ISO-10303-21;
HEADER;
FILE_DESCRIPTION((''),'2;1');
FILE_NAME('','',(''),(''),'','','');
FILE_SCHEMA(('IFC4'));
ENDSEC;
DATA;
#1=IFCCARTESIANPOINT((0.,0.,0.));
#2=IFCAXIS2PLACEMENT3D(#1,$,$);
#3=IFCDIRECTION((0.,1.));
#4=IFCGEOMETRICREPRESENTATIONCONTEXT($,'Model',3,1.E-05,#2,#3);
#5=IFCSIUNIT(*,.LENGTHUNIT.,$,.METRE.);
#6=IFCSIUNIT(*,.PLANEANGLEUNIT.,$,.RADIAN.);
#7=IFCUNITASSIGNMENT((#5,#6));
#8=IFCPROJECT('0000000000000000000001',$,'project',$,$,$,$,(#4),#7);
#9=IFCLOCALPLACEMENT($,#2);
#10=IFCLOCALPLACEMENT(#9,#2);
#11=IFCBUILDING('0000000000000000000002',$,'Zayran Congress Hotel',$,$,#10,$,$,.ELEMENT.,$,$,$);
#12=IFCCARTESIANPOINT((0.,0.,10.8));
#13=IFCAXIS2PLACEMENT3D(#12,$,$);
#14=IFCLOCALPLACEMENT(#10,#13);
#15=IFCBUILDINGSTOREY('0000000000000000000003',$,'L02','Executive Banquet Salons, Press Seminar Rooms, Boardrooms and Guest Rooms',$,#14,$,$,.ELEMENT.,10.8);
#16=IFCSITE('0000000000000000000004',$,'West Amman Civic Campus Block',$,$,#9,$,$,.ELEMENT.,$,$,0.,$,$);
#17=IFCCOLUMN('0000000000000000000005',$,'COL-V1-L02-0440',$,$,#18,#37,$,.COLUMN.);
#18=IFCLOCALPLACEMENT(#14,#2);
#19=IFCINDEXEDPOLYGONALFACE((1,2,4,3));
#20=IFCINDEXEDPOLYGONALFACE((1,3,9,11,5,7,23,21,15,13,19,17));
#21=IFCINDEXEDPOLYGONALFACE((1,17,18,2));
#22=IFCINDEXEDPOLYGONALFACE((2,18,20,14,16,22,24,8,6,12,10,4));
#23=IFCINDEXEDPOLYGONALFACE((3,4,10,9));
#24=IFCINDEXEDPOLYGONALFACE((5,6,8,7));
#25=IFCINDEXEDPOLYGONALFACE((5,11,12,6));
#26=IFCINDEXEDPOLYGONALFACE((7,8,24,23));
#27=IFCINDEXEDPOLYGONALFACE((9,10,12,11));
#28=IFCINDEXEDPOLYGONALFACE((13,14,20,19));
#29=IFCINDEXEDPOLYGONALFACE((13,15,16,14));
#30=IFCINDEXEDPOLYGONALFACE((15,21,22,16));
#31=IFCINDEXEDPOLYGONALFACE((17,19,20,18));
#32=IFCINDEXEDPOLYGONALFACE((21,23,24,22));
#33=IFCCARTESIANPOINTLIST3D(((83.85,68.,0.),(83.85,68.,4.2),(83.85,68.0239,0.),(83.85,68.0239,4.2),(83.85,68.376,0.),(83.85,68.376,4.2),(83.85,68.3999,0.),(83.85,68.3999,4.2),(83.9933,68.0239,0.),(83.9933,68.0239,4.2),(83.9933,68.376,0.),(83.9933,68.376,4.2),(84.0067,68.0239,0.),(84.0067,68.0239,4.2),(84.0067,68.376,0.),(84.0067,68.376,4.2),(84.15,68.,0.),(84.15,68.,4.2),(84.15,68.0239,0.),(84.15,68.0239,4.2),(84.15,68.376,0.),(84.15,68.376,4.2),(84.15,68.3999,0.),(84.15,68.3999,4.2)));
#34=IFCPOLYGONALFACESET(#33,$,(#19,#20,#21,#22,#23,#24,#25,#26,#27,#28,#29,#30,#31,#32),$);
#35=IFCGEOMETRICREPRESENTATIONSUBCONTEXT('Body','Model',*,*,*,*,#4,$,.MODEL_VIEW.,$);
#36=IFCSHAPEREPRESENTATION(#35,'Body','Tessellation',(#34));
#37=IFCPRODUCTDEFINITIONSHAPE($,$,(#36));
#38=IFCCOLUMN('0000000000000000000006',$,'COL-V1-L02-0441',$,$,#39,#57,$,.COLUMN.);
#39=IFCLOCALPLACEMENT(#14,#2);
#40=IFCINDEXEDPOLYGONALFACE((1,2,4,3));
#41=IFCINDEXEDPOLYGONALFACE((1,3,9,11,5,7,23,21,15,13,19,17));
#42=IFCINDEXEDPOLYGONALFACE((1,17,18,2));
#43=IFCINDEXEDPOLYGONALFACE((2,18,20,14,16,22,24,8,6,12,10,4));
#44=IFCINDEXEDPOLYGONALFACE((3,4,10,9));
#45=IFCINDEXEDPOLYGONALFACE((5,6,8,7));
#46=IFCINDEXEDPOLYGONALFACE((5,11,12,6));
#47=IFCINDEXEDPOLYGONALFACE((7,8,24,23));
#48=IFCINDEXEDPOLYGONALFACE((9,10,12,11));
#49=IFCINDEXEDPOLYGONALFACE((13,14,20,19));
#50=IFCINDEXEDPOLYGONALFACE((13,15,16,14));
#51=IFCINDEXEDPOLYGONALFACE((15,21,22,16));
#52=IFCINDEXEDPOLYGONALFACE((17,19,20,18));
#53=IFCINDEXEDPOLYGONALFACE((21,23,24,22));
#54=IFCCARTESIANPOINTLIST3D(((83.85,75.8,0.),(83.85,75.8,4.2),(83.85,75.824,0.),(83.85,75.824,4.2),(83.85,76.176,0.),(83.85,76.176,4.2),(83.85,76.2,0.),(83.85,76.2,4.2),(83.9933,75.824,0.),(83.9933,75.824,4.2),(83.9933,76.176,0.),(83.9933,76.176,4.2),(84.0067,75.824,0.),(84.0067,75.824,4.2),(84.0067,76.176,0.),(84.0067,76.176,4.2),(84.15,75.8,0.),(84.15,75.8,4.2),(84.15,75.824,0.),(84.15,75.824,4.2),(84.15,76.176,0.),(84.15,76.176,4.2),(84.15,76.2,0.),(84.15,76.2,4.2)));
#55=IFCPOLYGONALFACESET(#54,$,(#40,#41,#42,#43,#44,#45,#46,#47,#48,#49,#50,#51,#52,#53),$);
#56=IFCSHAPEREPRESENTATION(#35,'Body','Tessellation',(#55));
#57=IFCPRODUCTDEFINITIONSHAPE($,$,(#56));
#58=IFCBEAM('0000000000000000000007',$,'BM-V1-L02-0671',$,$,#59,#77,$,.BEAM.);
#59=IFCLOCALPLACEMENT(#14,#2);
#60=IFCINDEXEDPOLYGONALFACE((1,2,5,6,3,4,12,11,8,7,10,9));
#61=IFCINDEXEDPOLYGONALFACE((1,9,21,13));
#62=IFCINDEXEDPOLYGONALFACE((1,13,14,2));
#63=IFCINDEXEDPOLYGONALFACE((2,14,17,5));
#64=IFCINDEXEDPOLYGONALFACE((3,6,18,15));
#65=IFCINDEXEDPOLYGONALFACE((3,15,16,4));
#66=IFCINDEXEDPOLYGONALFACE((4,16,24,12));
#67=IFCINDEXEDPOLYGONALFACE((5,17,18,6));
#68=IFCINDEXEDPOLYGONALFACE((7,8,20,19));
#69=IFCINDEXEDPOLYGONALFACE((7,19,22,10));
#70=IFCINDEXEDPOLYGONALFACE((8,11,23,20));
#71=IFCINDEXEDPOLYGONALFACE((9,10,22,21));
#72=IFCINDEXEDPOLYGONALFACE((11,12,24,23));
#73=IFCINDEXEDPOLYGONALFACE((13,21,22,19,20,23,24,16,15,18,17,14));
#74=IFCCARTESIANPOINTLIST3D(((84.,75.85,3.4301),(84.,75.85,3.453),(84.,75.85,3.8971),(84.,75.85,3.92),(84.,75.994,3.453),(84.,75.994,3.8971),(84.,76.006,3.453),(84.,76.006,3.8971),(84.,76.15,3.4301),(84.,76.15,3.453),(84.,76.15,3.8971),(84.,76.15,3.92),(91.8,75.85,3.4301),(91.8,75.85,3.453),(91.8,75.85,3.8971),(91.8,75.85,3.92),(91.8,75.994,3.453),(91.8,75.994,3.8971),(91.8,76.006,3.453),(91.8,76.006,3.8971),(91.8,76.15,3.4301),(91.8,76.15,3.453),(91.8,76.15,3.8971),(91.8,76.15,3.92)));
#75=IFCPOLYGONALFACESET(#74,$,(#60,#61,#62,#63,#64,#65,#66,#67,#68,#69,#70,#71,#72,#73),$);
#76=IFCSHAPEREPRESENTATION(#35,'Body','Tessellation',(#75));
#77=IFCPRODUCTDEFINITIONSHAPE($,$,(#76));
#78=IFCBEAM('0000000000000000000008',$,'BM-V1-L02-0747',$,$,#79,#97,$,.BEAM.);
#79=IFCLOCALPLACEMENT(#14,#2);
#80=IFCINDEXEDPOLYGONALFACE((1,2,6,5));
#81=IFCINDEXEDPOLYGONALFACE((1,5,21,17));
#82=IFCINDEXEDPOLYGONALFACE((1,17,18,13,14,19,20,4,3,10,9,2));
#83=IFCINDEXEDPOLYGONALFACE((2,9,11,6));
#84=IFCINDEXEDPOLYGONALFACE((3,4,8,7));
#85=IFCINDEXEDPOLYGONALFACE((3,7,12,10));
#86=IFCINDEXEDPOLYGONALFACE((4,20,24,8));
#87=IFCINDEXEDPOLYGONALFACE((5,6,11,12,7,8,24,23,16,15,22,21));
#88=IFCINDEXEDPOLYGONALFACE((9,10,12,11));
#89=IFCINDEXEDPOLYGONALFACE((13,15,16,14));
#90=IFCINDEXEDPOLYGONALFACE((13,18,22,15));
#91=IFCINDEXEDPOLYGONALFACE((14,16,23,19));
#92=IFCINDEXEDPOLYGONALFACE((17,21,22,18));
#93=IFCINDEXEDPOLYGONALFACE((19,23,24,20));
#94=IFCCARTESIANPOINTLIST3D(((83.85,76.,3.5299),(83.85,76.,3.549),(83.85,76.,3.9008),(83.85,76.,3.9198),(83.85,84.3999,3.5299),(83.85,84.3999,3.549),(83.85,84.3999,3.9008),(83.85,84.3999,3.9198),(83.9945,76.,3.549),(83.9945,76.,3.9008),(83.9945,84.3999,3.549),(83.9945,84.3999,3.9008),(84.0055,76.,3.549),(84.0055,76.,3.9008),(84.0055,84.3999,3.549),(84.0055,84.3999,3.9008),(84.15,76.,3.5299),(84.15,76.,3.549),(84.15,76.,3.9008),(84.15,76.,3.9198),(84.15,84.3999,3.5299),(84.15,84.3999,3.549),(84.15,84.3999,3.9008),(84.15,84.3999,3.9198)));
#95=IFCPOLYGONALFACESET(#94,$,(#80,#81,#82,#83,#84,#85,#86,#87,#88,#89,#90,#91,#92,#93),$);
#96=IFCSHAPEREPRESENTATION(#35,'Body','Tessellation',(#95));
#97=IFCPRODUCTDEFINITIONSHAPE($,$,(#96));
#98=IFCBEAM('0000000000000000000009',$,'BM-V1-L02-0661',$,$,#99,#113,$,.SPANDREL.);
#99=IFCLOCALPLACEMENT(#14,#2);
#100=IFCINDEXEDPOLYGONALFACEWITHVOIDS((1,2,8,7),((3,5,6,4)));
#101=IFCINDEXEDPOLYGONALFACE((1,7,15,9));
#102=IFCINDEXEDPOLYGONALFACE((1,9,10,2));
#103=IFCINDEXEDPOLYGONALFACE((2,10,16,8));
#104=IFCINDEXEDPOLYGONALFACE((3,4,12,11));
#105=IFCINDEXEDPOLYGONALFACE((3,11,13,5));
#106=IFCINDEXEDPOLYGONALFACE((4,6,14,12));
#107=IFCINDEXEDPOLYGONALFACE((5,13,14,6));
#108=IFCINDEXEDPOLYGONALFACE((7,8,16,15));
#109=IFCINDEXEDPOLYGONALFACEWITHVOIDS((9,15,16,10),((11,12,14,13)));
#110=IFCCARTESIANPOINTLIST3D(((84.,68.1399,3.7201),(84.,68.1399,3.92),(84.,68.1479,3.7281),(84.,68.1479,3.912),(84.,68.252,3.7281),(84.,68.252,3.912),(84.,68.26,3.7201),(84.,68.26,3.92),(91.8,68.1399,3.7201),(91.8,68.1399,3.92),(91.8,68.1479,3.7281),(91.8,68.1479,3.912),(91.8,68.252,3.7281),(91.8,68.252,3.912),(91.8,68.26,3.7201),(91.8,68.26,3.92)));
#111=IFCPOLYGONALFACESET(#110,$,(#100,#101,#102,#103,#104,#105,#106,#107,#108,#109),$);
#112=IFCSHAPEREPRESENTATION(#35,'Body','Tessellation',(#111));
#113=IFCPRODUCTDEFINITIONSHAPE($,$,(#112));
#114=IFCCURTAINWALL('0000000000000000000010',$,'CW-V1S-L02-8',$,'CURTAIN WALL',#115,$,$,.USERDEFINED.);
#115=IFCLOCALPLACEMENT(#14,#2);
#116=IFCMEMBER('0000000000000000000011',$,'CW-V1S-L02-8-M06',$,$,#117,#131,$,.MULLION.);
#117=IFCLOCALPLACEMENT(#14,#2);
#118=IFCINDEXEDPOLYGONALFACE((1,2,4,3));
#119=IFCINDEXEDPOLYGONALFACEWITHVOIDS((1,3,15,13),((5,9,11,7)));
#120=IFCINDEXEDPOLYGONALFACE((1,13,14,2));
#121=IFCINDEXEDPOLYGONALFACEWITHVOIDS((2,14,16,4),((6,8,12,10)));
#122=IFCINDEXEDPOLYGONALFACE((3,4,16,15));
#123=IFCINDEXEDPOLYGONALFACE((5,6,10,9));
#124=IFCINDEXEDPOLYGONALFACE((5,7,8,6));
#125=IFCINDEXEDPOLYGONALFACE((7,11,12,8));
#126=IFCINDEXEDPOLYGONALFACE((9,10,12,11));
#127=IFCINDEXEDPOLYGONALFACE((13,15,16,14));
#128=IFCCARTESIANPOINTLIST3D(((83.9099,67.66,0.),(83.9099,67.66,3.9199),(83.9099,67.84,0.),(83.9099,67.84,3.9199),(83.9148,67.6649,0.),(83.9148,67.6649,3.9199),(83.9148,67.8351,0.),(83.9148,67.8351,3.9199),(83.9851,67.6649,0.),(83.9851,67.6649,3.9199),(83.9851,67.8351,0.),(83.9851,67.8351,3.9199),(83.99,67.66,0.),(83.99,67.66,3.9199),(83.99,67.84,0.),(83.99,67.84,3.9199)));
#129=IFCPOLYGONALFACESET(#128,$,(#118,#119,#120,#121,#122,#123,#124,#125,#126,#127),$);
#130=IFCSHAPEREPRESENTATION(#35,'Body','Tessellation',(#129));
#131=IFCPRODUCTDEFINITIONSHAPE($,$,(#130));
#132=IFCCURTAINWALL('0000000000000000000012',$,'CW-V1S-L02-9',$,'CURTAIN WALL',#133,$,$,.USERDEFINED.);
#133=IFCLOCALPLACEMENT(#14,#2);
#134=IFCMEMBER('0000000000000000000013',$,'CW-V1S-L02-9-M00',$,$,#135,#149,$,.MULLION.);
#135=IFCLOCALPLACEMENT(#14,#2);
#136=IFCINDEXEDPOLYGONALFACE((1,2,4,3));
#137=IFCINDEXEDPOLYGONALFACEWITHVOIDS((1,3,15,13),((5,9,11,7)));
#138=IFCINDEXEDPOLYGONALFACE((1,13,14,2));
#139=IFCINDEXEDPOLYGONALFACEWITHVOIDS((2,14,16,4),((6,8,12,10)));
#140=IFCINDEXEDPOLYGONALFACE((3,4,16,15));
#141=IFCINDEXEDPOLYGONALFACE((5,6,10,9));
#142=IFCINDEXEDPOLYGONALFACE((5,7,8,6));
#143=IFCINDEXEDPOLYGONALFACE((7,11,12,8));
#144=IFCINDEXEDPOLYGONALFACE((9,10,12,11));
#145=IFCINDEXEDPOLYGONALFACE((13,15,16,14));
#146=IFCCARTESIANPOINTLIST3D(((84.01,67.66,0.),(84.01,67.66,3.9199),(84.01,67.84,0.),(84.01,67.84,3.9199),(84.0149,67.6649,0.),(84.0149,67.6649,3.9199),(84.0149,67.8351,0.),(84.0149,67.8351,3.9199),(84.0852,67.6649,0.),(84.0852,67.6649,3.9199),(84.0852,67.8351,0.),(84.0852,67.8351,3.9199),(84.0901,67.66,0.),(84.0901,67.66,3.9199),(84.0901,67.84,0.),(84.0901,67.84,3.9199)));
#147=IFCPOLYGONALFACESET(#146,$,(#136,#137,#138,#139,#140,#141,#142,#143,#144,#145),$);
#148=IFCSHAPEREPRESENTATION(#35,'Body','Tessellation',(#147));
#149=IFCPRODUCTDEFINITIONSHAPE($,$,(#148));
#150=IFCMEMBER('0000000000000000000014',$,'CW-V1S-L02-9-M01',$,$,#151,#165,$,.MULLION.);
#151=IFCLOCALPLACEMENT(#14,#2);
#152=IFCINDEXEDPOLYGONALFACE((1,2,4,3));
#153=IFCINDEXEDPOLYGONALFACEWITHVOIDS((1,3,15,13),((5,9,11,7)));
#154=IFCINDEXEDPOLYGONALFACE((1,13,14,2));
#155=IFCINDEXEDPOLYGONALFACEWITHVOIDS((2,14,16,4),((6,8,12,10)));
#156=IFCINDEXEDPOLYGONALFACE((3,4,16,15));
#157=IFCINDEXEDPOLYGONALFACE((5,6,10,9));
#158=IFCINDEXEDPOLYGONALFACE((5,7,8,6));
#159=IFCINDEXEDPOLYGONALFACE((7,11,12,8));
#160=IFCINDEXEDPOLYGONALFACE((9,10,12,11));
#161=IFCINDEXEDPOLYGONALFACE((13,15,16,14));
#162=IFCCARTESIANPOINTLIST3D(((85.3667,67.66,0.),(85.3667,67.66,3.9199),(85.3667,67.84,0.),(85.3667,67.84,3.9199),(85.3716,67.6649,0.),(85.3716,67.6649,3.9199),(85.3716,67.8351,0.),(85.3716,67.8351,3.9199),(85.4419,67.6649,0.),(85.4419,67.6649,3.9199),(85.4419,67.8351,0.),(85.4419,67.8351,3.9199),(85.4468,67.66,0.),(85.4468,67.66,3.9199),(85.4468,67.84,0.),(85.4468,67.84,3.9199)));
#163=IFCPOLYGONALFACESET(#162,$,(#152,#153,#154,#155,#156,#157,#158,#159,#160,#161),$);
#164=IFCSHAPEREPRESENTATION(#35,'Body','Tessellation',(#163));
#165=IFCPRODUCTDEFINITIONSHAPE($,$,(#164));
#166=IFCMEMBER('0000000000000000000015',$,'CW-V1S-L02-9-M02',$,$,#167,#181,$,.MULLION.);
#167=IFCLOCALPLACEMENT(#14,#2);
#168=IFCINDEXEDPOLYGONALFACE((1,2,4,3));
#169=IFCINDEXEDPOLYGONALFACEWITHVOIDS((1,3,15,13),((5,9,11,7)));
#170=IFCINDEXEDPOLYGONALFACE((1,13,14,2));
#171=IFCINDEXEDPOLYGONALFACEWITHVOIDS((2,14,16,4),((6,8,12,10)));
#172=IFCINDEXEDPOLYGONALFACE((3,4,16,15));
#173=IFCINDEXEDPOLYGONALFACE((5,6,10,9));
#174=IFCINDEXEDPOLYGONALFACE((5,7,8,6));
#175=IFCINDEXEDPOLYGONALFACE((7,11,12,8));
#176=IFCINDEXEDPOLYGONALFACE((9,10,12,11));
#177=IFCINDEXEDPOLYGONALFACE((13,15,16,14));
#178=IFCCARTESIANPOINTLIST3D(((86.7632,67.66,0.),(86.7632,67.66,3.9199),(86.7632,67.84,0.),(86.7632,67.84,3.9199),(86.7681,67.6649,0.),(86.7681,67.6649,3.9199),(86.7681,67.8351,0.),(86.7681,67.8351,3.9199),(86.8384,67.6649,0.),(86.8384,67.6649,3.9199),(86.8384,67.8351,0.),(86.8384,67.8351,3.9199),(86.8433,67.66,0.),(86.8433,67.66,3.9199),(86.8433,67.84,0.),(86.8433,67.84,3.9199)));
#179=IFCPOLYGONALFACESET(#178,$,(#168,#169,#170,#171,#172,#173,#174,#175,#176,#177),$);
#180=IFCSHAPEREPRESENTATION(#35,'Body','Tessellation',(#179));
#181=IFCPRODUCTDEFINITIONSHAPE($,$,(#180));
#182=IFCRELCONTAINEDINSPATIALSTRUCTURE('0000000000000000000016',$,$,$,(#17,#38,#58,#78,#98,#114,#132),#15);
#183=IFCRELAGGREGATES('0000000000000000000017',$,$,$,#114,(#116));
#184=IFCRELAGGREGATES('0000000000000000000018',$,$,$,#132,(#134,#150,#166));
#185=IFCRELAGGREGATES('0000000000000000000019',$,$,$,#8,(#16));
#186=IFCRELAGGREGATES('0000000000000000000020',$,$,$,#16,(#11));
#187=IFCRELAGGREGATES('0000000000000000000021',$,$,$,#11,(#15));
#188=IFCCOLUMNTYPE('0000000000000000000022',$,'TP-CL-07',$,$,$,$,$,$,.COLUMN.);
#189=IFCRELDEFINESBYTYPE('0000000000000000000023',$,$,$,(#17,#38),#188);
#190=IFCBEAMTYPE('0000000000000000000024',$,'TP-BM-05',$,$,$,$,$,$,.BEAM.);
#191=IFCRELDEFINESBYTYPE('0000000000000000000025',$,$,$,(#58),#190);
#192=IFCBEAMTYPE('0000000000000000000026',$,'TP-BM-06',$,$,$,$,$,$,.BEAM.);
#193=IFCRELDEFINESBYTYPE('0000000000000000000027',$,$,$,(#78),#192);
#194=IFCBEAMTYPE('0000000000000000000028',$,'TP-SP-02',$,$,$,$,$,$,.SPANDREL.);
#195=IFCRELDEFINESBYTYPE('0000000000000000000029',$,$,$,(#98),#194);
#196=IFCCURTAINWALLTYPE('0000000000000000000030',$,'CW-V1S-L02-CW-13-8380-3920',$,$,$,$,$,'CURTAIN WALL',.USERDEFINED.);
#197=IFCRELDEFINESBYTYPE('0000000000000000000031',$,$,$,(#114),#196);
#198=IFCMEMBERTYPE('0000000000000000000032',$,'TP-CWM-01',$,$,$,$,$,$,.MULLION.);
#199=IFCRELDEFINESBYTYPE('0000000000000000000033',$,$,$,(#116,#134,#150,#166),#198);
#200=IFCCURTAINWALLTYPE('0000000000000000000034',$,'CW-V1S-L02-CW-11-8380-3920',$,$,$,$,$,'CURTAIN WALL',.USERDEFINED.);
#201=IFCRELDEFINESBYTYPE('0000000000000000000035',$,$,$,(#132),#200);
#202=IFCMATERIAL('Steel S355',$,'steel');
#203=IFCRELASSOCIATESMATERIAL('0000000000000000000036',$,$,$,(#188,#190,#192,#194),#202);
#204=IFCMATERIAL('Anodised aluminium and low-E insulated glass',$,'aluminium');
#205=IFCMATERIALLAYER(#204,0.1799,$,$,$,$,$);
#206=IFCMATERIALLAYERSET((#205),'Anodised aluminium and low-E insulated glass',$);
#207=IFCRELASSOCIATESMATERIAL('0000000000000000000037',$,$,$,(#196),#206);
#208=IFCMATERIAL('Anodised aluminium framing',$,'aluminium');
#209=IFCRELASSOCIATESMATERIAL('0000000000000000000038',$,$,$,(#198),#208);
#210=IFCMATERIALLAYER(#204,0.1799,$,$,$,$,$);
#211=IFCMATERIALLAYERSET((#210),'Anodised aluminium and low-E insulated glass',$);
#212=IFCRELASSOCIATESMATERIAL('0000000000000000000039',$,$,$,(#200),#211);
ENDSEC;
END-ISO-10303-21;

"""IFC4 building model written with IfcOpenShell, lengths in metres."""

from ifc_helpers import new_model, si_unit, direction, frame, origin, origin_2d, place, context, subcontext, project, spatial, hollow_rectangle, i_section, extrude, material, layer, layer_set, material_profile, profile_set, type_object, element, aggregate, save


model = new_model("IFC4")

# Units and contexts
model_context = context("Model", 3, precision=1e-05, world=origin(), true_north=direction((0.0, 1.0)))
body_context = subcontext(model_context, "Body", "Model", "MODEL_VIEW")
ifc_project = project(units=[si_unit("LENGTHUNIT", "METRE"), si_unit("PLANEANGLEUNIT", "RADIAN")], contexts=[model_context])

# Site, building, storey
site_placement = place(None, origin())
site = spatial("IfcSite", under=ifc_project, at=site_placement, Name="West Amman Civic Campus Block", CompositionType="ELEMENT", RefElevation=0.0)
building_placement = place(site_placement, origin())
building = spatial("IfcBuilding", under=site, at=building_placement, Name="Zayran Congress Hotel", CompositionType="ELEMENT")
storey_placement = place(building_placement, frame((0.0, 0.0, 10.8)))
storey = spatial("IfcBuildingStorey", under=building, at=storey_placement, Name="L02", Description="Executive Banquet Salons, Press Seminar Rooms, Boardrooms and Guest Rooms", CompositionType="ELEMENT", Elevation=10.8)

# Columns
ifc_material_1 = material(Name="Steel S355", Category="steel")
ifc_material_profile_1 = material_profile(ifc_material_1, i_section(OverallWidth=0.3, OverallDepth=0.3999, WebThickness=0.0134, FlangeThickness=0.0239, at=origin_2d()), Name="HEB 400")
ifc_profile_set_1 = profile_set([ifc_material_profile_1], Name="Steel S355")
column_type = type_object("IfcColumnType", Name="TP-CL-07", PredefinedType="COLUMN", material=ifc_profile_set_1)
for number, where, z_axis, x_axis, name in (
    (1, (84.0, 68.2, 0.0), (0.0, 0.0, 1.0), (1.0, 0.0, 0.0), "COL-V1-L02-0440"),
    (2, (84.0, 76.0, 0.0), (0.0, 0.0, 1.0), (1.0, 0.0, 0.0), "COL-V1-L02-0441"),
):
    element("IfcColumn", number, at=place(storey_placement, frame(where, z_axis=z_axis, x_axis=x_axis)), inside=storey, type_object=column_type, Name=name, PredefinedType="COLUMN", context=body_context, shape_type="SweptSolid", body=[
        extrude(i_section(OverallWidth=0.3, OverallDepth=0.3999, WebThickness=0.0134, FlangeThickness=0.0239, at=origin_2d()), origin(), (0.0, 0.0, 1.0), 4.2),
    ])

# Beams
ifc_material_profile_2 = material_profile(ifc_material_1, i_section(OverallWidth=0.3, OverallDepth=0.49, WebThickness=0.012, FlangeThickness=0.0229, at=origin_2d()), Name="HEA 500")
ifc_profile_set_2 = profile_set([ifc_material_profile_2], Name="Steel S355")
beam_type_1 = type_object("IfcBeamType", Name="TP-BM-05", PredefinedType="BEAM", material=ifc_profile_set_2)
beam_1_placement = place(storey_placement, frame((84.0, 76.0, 3.675), z_axis=(1.0, 0.0, 0.0), x_axis=(0.0, 1.0, 0.0)))
element("IfcBeam", 3, at=beam_1_placement, inside=storey, type_object=beam_type_1, Name="BM-V1-L02-0671", PredefinedType="BEAM", context=body_context, shape_type="SweptSolid", body=[
    extrude(i_section(OverallWidth=0.3, OverallDepth=0.49, WebThickness=0.012, FlangeThickness=0.0229, at=origin_2d()), origin(), (0.0, 0.0, 1.0), 7.8),
])
ifc_material_profile_3 = material_profile(ifc_material_1, i_section(OverallWidth=0.3, OverallDepth=0.3899, WebThickness=0.011, FlangeThickness=0.019, at=origin_2d()), Name="HEA 400")
ifc_profile_set_3 = profile_set([ifc_material_profile_3], Name="Steel S355")
beam_type_2 = type_object("IfcBeamType", Name="TP-BM-06", PredefinedType="BEAM", material=ifc_profile_set_3)
beam_2_placement = place(storey_placement, frame((84.0, 76.0, 3.7249), z_axis=(0.0, 1.0, 0.0), x_axis=(-1.0, 0.0, 0.0)))
element("IfcBeam", 4, at=beam_2_placement, inside=storey, type_object=beam_type_2, Name="BM-V1-L02-0747", PredefinedType="BEAM", context=body_context, shape_type="SweptSolid", body=[
    extrude(i_section(OverallWidth=0.3, OverallDepth=0.3899, WebThickness=0.011, FlangeThickness=0.019, at=origin_2d()), origin(), (0.0, 0.0, 1.0), 8.3999),
])
ifc_material_profile_4 = material_profile(ifc_material_1, hollow_rectangle(XDim=0.1201, YDim=0.2, WallThickness=0.0081, at=origin_2d()), Name="RHS 200x120x8")
ifc_profile_set_4 = profile_set([ifc_material_profile_4], Name="Steel S355")
beam_type_3 = type_object("IfcBeamType", Name="TP-SP-02", PredefinedType="SPANDREL", material=ifc_profile_set_4)
beam_3_placement = place(storey_placement, frame((84.0, 68.2, 3.8201), z_axis=(1.0, 0.0, 0.0), x_axis=(0.0, 1.0, 0.0)))
element("IfcBeam", 5, at=beam_3_placement, inside=storey, type_object=beam_type_3, Name="BM-V1-L02-0661", PredefinedType="SPANDREL", context=body_context, shape_type="SweptSolid", body=[
    extrude(hollow_rectangle(XDim=0.1201, YDim=0.2, WallThickness=0.0081, at=origin_2d()), origin(), (0.0, 0.0, 1.0), 7.8),
])

# Curtain wall, member
ifc_material_2 = material(Name="Anodised aluminium and low-E insulated glass", Category="aluminium")
ifc_layer_1 = layer(ifc_material_2, 0.1799)
ifc_layer_set_1 = layer_set([ifc_layer_1], Name="Anodised aluminium and low-E insulated glass")
curtain_wall_type_1 = type_object("IfcCurtainWallType", Name="CW-V1S-L02-CW-13-8380-3920", ElementType="CURTAIN WALL", PredefinedType="USERDEFINED", material=ifc_layer_set_1)
curtain_wall_1_placement = place(storey_placement, origin())
curtain_wall_1 = element("IfcCurtainWall", 6, at=curtain_wall_1_placement, inside=storey, type_object=curtain_wall_type_1, Name="CW-V1S-L02-8", ObjectType="CURTAIN WALL", PredefinedType="USERDEFINED")
ifc_material_3 = material(Name="Anodised aluminium framing", Category="aluminium")
ifc_material_profile_5 = material_profile(ifc_material_3, hollow_rectangle(XDim=0.0801, YDim=0.1799, WallThickness=0.0049, at=origin_2d()), Name="RHS 180x80x5")
ifc_profile_set_5 = profile_set([ifc_material_profile_5], Name="Anodised aluminium framing")
member_type_1 = type_object("IfcMemberType", Name="TP-CWM-01", PredefinedType="MULLION", material=ifc_profile_set_5)
member_1_placement = place(storey_placement, frame((83.95, 67.75, 0.0), z_axis=(0.0, 0.0, 1.0), x_axis=(1.0, 0.0, 0.0)))
member_1 = element("IfcMember", 7, at=member_1_placement, type_object=member_type_1, Name="CW-V1S-L02-8-M06", PredefinedType="MULLION", context=body_context, shape_type="SweptSolid", body=[
    extrude(hollow_rectangle(XDim=0.0801, YDim=0.1799, WallThickness=0.0049, at=origin_2d()), origin(), (0.0, 0.0, 1.0), 3.9199),
])

# Curtain wall, members
ifc_layer_2 = layer(ifc_material_2, 0.1799)
ifc_layer_set_2 = layer_set([ifc_layer_2], Name="Anodised aluminium and low-E insulated glass")
curtain_wall_type_2 = type_object("IfcCurtainWallType", Name="CW-V1S-L02-CW-11-8380-3920", ElementType="CURTAIN WALL", PredefinedType="USERDEFINED", material=ifc_layer_set_2)
curtain_wall_2_placement = place(storey_placement, origin())
curtain_wall_2 = element("IfcCurtainWall", 8, at=curtain_wall_2_placement, inside=storey, type_object=curtain_wall_type_2, Name="CW-V1S-L02-9", ObjectType="CURTAIN WALL", PredefinedType="USERDEFINED")
member_2_placement = place(storey_placement, frame((84.05, 67.75, 0.0), z_axis=(0.0, 0.0, 1.0), x_axis=(1.0, 0.0, 0.0)))
member_2 = element("IfcMember", 9, at=member_2_placement, type_object=member_type_1, Name="CW-V1S-L02-9-M00", PredefinedType="MULLION", context=body_context, shape_type="SweptSolid", body=[
    extrude(hollow_rectangle(XDim=0.0801, YDim=0.1799, WallThickness=0.0049, at=origin_2d()), origin(), (0.0, 0.0, 1.0), 3.9199),
])
member_3_placement = place(storey_placement, frame((85.4067, 67.75, 0.0), z_axis=(0.0, 0.0, 1.0), x_axis=(1.0, 0.0, 0.0)))
member_3 = element("IfcMember", 10, at=member_3_placement, type_object=member_type_1, Name="CW-V1S-L02-9-M01", PredefinedType="MULLION", context=body_context, shape_type="SweptSolid", body=[
    extrude(hollow_rectangle(XDim=0.0801, YDim=0.1799, WallThickness=0.0049, at=origin_2d()), origin(), (0.0, 0.0, 1.0), 3.9199),
])
member_4_placement = place(storey_placement, frame((86.8032, 67.75, 0.0), z_axis=(0.0, 0.0, 1.0), x_axis=(1.0, 0.0, 0.0)))
member_4 = element("IfcMember", 11, at=member_4_placement, type_object=member_type_1, Name="CW-V1S-L02-9-M02", PredefinedType="MULLION", context=body_context, shape_type="SweptSolid", body=[
    extrude(hollow_rectangle(XDim=0.0801, YDim=0.1799, WallThickness=0.0049, at=origin_2d()), origin(), (0.0, 0.0, 1.0), 3.9199),
])

aggregate(curtain_wall_1, [member_1])
aggregate(curtain_wall_2, [member_2, member_3, member_4])

save(model, "model.ifc")
